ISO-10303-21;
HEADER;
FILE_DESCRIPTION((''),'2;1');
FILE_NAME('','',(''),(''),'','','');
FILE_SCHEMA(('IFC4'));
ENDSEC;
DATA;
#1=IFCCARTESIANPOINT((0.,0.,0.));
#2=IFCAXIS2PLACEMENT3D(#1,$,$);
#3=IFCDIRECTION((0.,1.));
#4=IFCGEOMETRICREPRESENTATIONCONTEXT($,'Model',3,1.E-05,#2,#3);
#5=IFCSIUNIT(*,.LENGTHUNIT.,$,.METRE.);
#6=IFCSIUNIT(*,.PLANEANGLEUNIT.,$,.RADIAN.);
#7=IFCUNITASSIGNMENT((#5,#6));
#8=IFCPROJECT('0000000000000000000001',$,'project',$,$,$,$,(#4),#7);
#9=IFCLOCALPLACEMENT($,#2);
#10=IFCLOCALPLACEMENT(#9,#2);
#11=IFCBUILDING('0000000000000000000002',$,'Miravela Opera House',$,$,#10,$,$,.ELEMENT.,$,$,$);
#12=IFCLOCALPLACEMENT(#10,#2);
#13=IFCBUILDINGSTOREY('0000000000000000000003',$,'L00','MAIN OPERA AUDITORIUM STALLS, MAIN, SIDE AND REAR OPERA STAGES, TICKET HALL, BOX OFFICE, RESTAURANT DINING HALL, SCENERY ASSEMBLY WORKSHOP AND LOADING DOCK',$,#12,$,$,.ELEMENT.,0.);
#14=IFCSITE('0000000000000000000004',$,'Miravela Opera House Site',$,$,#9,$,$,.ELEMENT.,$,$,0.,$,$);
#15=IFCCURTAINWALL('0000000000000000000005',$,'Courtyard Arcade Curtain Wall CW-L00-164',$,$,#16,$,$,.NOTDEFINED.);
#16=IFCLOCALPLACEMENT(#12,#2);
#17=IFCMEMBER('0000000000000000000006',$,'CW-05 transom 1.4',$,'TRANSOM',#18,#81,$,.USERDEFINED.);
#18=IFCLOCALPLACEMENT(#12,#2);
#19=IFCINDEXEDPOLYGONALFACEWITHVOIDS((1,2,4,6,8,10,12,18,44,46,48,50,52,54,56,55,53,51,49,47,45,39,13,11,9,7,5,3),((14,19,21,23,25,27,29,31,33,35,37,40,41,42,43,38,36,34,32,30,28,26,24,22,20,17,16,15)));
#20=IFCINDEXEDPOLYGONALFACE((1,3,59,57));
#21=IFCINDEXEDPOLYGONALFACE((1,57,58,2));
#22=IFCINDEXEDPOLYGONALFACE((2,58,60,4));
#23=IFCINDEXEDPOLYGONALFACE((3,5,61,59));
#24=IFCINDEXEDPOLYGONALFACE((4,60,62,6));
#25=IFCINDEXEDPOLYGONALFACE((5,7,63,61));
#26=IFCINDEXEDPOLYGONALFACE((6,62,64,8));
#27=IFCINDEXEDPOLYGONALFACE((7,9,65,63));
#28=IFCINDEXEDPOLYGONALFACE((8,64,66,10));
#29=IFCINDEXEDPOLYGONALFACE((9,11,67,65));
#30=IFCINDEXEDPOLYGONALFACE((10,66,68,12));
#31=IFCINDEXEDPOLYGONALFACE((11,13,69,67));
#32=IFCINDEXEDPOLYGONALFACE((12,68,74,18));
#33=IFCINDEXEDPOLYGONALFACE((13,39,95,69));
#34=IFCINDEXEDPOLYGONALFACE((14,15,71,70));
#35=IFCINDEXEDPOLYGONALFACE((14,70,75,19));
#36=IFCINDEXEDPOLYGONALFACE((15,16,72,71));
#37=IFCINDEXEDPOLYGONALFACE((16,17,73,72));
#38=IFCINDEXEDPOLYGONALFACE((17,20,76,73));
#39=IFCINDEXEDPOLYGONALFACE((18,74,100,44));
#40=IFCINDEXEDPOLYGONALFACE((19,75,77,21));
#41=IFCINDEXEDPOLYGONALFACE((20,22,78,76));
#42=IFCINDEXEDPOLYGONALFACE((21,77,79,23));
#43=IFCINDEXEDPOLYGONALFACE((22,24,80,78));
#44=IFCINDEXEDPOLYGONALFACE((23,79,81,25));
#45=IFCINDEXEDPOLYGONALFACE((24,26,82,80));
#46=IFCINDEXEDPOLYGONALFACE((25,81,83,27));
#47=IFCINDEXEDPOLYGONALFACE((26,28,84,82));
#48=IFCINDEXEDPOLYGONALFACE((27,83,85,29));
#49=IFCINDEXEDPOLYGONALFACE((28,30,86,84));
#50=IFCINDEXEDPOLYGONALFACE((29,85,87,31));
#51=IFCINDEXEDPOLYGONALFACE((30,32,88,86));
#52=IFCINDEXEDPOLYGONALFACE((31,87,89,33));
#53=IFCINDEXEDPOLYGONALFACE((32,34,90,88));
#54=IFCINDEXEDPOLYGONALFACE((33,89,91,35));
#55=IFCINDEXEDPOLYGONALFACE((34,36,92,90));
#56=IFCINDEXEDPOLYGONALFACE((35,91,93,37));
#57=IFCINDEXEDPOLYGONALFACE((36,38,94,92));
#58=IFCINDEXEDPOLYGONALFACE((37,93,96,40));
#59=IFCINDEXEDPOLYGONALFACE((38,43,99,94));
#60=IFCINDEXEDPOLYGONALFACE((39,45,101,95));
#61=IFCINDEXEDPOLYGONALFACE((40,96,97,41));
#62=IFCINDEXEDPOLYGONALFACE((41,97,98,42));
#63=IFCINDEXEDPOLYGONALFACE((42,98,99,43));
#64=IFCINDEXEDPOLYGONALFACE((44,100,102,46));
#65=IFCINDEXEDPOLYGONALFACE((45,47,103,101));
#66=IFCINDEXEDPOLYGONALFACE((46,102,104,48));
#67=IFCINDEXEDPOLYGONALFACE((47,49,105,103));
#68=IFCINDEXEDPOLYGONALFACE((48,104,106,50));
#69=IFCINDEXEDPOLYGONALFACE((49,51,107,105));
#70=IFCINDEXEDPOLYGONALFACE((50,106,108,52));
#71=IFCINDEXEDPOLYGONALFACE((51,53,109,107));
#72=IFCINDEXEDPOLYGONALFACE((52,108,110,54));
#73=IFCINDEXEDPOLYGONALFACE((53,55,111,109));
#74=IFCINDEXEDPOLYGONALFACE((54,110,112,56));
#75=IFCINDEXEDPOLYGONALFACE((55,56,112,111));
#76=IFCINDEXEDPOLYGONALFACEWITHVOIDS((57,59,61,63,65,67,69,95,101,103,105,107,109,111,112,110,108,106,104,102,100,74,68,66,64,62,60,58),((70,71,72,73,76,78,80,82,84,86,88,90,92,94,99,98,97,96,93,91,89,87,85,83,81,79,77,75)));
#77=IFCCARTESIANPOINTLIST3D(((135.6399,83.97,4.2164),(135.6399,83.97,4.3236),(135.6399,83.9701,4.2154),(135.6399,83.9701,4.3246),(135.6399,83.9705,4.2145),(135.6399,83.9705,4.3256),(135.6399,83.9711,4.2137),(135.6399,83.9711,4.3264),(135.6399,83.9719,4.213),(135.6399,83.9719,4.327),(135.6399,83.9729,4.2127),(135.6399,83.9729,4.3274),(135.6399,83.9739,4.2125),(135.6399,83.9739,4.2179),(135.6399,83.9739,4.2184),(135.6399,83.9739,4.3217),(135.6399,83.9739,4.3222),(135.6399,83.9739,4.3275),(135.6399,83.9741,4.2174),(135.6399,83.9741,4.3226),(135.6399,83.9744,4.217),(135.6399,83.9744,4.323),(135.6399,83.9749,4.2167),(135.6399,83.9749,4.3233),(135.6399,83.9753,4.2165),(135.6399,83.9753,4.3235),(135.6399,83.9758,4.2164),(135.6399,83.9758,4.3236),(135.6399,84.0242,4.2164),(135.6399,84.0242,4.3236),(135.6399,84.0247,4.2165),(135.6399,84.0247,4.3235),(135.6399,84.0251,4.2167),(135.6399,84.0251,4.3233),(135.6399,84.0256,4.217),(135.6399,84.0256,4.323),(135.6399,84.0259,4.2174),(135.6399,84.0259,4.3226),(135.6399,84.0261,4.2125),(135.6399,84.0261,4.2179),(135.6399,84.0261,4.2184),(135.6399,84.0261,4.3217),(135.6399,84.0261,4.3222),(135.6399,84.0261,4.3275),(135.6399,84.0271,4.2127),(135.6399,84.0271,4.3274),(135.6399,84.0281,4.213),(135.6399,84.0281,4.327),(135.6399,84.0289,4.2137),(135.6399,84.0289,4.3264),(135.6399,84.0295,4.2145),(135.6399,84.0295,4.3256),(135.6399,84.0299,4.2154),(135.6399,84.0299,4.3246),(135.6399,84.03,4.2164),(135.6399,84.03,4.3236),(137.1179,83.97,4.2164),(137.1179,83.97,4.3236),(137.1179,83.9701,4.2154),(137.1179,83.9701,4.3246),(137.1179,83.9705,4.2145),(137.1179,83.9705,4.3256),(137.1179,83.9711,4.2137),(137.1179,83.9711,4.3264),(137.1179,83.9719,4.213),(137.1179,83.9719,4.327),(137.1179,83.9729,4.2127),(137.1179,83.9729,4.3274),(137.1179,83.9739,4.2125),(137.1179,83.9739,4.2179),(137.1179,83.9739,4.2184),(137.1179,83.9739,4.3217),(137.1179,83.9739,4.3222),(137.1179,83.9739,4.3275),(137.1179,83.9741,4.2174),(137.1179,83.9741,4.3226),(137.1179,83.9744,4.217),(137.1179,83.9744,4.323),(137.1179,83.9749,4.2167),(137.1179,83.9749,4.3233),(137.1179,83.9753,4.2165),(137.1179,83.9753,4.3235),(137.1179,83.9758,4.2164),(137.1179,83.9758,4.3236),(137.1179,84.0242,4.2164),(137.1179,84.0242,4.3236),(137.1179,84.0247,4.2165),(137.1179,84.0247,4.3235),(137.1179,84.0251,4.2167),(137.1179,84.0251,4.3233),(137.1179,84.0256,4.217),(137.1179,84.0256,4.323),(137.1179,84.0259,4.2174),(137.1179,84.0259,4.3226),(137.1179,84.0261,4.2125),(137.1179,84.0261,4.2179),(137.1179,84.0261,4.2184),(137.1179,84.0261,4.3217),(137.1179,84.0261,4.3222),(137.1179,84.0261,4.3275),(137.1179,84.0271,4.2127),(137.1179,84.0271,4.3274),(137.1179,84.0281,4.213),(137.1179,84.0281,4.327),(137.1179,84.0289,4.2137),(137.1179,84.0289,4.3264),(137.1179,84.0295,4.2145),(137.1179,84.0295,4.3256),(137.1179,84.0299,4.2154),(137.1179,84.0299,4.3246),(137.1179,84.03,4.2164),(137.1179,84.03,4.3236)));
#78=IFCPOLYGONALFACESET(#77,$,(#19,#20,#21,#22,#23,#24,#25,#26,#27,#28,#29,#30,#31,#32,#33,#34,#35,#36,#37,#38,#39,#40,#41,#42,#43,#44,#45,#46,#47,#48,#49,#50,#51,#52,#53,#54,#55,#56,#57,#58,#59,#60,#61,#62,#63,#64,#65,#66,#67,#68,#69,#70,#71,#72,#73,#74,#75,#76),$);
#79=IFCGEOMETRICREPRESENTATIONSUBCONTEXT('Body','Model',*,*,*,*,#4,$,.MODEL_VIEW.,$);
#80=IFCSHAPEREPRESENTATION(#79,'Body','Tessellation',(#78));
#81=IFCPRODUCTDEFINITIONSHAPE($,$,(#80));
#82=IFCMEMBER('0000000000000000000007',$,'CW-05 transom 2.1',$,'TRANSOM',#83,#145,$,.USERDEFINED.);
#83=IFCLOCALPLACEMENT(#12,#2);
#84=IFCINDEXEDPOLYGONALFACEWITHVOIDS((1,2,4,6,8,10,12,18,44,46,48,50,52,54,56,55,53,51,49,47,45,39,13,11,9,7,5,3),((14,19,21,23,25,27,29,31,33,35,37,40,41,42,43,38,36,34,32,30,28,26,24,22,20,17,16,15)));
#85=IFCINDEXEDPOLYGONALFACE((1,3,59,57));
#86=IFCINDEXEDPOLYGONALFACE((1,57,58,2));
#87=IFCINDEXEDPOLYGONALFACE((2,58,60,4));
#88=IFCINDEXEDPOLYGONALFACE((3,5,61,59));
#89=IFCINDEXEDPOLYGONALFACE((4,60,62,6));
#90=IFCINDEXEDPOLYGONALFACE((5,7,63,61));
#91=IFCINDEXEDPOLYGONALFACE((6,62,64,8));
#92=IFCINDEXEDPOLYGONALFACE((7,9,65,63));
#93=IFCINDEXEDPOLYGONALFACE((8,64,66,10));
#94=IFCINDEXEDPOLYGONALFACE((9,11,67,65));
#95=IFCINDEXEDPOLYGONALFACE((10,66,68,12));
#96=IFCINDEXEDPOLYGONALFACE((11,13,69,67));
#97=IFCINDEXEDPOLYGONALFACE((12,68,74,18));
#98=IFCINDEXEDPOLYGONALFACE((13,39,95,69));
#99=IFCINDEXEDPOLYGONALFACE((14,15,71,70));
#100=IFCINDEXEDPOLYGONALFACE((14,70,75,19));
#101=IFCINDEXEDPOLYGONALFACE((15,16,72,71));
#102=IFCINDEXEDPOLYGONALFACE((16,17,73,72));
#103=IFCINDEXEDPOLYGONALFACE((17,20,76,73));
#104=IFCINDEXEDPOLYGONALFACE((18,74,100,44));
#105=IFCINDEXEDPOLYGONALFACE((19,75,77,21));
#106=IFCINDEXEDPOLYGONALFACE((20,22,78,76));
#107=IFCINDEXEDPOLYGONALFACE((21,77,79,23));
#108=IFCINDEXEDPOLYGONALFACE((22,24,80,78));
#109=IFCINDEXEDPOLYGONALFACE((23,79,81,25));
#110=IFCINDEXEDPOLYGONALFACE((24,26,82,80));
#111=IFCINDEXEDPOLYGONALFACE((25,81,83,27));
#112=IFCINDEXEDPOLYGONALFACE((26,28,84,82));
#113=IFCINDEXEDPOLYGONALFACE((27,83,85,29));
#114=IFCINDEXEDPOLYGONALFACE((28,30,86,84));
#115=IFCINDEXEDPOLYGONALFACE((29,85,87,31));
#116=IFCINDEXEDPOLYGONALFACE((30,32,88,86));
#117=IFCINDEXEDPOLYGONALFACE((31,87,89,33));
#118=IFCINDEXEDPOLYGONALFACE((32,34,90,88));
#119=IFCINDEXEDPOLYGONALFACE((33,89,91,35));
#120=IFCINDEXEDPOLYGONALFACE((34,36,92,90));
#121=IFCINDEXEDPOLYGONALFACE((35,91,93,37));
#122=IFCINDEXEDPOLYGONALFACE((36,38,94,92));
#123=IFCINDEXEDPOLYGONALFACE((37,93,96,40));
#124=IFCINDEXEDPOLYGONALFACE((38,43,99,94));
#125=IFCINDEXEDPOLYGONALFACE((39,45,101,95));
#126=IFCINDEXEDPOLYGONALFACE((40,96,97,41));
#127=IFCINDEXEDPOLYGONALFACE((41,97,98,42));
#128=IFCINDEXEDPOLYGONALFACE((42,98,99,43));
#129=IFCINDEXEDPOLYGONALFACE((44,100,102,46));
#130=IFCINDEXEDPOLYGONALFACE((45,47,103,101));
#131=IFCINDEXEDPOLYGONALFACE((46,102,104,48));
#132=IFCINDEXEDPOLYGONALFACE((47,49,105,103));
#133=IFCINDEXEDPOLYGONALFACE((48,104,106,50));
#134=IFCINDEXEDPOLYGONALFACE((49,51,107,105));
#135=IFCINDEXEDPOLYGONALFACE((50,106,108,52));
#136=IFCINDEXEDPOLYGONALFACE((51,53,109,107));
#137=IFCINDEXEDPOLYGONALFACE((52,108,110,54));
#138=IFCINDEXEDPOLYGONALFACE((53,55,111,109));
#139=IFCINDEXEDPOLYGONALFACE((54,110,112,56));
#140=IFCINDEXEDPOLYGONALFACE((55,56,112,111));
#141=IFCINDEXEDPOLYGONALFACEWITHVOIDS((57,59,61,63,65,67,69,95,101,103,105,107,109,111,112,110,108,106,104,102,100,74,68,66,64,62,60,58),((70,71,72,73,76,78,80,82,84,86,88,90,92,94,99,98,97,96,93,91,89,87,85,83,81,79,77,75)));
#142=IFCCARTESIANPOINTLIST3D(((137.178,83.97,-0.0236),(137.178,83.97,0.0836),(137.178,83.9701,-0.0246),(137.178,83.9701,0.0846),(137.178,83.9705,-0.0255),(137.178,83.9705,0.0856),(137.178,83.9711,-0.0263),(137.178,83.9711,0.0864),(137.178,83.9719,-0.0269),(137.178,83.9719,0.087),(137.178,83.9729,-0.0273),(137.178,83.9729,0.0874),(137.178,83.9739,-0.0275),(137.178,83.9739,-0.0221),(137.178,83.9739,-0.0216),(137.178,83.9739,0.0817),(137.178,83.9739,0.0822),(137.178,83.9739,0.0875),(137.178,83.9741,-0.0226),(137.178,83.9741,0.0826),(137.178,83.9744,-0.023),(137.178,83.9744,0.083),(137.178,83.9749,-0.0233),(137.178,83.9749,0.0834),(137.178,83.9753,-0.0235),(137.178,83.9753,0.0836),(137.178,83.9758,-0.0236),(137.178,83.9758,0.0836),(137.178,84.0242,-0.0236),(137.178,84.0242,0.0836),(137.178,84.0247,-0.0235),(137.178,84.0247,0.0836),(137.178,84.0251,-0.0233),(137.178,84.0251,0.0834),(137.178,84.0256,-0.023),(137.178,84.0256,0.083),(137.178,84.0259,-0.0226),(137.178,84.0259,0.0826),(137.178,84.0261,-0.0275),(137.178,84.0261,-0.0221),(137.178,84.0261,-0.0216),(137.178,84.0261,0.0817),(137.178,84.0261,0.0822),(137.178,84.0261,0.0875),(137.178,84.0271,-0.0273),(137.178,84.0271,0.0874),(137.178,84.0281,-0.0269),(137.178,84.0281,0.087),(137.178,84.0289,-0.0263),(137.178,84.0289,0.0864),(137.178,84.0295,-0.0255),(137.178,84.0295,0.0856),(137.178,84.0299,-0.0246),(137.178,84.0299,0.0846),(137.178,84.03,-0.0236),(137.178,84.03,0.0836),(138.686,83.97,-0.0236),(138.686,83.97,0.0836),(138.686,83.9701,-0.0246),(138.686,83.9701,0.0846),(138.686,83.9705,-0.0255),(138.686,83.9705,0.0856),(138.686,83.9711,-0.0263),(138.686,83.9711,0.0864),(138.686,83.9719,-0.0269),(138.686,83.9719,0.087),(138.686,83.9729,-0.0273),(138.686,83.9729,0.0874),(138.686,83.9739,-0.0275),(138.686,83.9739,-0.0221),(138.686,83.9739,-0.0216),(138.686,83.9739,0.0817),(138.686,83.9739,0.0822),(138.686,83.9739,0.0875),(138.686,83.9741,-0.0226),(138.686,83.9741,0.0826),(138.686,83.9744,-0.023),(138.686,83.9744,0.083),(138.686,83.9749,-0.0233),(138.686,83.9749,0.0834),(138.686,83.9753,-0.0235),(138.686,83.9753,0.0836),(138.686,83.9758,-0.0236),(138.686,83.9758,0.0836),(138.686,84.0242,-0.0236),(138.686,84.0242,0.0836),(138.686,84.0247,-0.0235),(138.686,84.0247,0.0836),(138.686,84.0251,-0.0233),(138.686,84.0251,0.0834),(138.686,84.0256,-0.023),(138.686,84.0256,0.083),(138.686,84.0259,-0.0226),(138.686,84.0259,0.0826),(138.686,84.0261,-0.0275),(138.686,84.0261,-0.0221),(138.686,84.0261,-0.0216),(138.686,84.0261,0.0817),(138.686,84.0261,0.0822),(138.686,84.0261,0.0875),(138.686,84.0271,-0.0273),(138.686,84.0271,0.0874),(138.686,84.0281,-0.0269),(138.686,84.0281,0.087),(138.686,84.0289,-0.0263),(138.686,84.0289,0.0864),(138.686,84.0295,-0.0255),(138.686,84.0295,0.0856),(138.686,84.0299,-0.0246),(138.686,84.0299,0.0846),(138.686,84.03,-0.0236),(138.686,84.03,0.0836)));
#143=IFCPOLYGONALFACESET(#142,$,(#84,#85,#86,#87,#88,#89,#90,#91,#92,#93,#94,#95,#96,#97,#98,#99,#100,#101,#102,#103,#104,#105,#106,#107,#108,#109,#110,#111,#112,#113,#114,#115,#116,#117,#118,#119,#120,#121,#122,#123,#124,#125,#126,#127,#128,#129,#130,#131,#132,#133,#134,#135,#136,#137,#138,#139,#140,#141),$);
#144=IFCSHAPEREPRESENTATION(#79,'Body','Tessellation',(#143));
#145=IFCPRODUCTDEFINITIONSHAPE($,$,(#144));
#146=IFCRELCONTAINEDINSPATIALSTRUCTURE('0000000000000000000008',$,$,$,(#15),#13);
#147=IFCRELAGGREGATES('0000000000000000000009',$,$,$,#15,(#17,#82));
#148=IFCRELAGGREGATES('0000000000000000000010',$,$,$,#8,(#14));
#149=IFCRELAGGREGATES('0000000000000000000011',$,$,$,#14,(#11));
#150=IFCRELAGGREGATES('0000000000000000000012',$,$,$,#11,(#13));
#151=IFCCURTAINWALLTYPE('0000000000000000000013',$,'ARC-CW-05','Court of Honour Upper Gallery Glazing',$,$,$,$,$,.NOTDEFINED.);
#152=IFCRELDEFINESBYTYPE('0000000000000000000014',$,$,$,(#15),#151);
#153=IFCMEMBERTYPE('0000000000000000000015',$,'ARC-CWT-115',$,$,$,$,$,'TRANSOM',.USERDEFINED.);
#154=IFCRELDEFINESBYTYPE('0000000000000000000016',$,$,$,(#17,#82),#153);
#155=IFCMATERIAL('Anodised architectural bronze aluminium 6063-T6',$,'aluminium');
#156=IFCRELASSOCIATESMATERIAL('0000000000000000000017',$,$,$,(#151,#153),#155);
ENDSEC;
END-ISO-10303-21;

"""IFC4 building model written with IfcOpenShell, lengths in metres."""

from ifc_helpers import new_model, si_unit, direction, frame, origin, origin_2d, place, context, subcontext, project, spatial, hollow_rectangle, extrude, material, material_profile, profile_set, type_object, element, aggregate, save


model = new_model("IFC4")

# Units and contexts
model_context = context("Model", 3, precision=1e-05, world=origin(), true_north=direction((0.0, 1.0)))
body_context = subcontext(model_context, "Body", "Model", "MODEL_VIEW")
ifc_project = project(units=[si_unit("LENGTHUNIT", "METRE"), si_unit("PLANEANGLEUNIT", "RADIAN")], contexts=[model_context])

# Site, building, storey
site_placement = place(None, origin())
site = spatial("IfcSite", under=ifc_project, at=site_placement, Name="Miravela Opera House Site", CompositionType="ELEMENT", RefElevation=0.0)
building_placement = place(site_placement, origin())
building = spatial("IfcBuilding", under=site, at=building_placement, Name="Miravela Opera House", CompositionType="ELEMENT")
storey_placement = place(building_placement, origin())
storey = spatial("IfcBuildingStorey", under=building, at=storey_placement, Name="L00", Description="MAIN OPERA AUDITORIUM STALLS, MAIN, SIDE AND REAR OPERA STAGES, TICKET HALL, BOX OFFICE, RESTAURANT DINING HALL, SCENERY ASSEMBLY WORKSHOP AND LOADING DOCK", CompositionType="ELEMENT", Elevation=0.0)

# Curtain wall, members
ifc_material_1 = material(Name="Anodised architectural bronze aluminium 6063-T6", Category="aluminium")
curtain_wall_type = type_object("IfcCurtainWallType", Name="ARC-CW-05", Description="Court of Honour Upper Gallery Glazing", PredefinedType="NOTDEFINED", material=ifc_material_1)
curtain_wall_placement = place(storey_placement, origin())
curtain_wall = element("IfcCurtainWall", 1, at=curtain_wall_placement, inside=storey, type_object=curtain_wall_type, Name="Courtyard Arcade Curtain Wall CW-L00-164", PredefinedType="NOTDEFINED")
ifc_material_profile_1 = material_profile(ifc_material_1, hollow_rectangle(XDim=0.0601, YDim=0.115, WallThickness=0.0039, InnerFilletRadius=0.002, OuterFilletRadius=0.0039, at=origin_2d()), Name="CWT-60X115")
ifc_profile_set_1 = profile_set([ifc_material_profile_1])
member_type_1 = type_object("IfcMemberType", Name="ARC-CWT-115", ElementType="TRANSOM", PredefinedType="USERDEFINED", material=ifc_profile_set_1)
member_1_placement = place(storey_placement, frame((135.6399, 84.0, 4.27), z_axis=(1.0, 0.0, 0.0), x_axis=(0.0, 1.0, 0.0)))
member_1 = element("IfcMember", 2, at=member_1_placement, type_object=member_type_1, Name="CW-05 transom 1.4", ObjectType="TRANSOM", PredefinedType="USERDEFINED", context=body_context, shape_type="SweptSolid", body=[
    extrude(hollow_rectangle(XDim=0.0601, YDim=0.115, WallThickness=0.0039, InnerFilletRadius=0.002, OuterFilletRadius=0.0039, at=origin_2d()), origin(), (0.0, 0.0, 1.0), 1.478),
])
member_2_placement = place(storey_placement, frame((137.178, 84.0, 0.03), z_axis=(1.0, 0.0, 0.0), x_axis=(0.0, 1.0, 0.0)))
member_2 = element("IfcMember", 3, at=member_2_placement, type_object=member_type_1, Name="CW-05 transom 2.1", ObjectType="TRANSOM", PredefinedType="USERDEFINED", context=body_context, shape_type="SweptSolid", body=[
    extrude(hollow_rectangle(XDim=0.0601, YDim=0.115, WallThickness=0.0039, InnerFilletRadius=0.002, OuterFilletRadius=0.0039, at=origin_2d()), origin(), (0.0, 0.0, 1.0), 1.5081),
])

aggregate(curtain_wall, [member_1, member_2])

save(model, "model.ifc")
